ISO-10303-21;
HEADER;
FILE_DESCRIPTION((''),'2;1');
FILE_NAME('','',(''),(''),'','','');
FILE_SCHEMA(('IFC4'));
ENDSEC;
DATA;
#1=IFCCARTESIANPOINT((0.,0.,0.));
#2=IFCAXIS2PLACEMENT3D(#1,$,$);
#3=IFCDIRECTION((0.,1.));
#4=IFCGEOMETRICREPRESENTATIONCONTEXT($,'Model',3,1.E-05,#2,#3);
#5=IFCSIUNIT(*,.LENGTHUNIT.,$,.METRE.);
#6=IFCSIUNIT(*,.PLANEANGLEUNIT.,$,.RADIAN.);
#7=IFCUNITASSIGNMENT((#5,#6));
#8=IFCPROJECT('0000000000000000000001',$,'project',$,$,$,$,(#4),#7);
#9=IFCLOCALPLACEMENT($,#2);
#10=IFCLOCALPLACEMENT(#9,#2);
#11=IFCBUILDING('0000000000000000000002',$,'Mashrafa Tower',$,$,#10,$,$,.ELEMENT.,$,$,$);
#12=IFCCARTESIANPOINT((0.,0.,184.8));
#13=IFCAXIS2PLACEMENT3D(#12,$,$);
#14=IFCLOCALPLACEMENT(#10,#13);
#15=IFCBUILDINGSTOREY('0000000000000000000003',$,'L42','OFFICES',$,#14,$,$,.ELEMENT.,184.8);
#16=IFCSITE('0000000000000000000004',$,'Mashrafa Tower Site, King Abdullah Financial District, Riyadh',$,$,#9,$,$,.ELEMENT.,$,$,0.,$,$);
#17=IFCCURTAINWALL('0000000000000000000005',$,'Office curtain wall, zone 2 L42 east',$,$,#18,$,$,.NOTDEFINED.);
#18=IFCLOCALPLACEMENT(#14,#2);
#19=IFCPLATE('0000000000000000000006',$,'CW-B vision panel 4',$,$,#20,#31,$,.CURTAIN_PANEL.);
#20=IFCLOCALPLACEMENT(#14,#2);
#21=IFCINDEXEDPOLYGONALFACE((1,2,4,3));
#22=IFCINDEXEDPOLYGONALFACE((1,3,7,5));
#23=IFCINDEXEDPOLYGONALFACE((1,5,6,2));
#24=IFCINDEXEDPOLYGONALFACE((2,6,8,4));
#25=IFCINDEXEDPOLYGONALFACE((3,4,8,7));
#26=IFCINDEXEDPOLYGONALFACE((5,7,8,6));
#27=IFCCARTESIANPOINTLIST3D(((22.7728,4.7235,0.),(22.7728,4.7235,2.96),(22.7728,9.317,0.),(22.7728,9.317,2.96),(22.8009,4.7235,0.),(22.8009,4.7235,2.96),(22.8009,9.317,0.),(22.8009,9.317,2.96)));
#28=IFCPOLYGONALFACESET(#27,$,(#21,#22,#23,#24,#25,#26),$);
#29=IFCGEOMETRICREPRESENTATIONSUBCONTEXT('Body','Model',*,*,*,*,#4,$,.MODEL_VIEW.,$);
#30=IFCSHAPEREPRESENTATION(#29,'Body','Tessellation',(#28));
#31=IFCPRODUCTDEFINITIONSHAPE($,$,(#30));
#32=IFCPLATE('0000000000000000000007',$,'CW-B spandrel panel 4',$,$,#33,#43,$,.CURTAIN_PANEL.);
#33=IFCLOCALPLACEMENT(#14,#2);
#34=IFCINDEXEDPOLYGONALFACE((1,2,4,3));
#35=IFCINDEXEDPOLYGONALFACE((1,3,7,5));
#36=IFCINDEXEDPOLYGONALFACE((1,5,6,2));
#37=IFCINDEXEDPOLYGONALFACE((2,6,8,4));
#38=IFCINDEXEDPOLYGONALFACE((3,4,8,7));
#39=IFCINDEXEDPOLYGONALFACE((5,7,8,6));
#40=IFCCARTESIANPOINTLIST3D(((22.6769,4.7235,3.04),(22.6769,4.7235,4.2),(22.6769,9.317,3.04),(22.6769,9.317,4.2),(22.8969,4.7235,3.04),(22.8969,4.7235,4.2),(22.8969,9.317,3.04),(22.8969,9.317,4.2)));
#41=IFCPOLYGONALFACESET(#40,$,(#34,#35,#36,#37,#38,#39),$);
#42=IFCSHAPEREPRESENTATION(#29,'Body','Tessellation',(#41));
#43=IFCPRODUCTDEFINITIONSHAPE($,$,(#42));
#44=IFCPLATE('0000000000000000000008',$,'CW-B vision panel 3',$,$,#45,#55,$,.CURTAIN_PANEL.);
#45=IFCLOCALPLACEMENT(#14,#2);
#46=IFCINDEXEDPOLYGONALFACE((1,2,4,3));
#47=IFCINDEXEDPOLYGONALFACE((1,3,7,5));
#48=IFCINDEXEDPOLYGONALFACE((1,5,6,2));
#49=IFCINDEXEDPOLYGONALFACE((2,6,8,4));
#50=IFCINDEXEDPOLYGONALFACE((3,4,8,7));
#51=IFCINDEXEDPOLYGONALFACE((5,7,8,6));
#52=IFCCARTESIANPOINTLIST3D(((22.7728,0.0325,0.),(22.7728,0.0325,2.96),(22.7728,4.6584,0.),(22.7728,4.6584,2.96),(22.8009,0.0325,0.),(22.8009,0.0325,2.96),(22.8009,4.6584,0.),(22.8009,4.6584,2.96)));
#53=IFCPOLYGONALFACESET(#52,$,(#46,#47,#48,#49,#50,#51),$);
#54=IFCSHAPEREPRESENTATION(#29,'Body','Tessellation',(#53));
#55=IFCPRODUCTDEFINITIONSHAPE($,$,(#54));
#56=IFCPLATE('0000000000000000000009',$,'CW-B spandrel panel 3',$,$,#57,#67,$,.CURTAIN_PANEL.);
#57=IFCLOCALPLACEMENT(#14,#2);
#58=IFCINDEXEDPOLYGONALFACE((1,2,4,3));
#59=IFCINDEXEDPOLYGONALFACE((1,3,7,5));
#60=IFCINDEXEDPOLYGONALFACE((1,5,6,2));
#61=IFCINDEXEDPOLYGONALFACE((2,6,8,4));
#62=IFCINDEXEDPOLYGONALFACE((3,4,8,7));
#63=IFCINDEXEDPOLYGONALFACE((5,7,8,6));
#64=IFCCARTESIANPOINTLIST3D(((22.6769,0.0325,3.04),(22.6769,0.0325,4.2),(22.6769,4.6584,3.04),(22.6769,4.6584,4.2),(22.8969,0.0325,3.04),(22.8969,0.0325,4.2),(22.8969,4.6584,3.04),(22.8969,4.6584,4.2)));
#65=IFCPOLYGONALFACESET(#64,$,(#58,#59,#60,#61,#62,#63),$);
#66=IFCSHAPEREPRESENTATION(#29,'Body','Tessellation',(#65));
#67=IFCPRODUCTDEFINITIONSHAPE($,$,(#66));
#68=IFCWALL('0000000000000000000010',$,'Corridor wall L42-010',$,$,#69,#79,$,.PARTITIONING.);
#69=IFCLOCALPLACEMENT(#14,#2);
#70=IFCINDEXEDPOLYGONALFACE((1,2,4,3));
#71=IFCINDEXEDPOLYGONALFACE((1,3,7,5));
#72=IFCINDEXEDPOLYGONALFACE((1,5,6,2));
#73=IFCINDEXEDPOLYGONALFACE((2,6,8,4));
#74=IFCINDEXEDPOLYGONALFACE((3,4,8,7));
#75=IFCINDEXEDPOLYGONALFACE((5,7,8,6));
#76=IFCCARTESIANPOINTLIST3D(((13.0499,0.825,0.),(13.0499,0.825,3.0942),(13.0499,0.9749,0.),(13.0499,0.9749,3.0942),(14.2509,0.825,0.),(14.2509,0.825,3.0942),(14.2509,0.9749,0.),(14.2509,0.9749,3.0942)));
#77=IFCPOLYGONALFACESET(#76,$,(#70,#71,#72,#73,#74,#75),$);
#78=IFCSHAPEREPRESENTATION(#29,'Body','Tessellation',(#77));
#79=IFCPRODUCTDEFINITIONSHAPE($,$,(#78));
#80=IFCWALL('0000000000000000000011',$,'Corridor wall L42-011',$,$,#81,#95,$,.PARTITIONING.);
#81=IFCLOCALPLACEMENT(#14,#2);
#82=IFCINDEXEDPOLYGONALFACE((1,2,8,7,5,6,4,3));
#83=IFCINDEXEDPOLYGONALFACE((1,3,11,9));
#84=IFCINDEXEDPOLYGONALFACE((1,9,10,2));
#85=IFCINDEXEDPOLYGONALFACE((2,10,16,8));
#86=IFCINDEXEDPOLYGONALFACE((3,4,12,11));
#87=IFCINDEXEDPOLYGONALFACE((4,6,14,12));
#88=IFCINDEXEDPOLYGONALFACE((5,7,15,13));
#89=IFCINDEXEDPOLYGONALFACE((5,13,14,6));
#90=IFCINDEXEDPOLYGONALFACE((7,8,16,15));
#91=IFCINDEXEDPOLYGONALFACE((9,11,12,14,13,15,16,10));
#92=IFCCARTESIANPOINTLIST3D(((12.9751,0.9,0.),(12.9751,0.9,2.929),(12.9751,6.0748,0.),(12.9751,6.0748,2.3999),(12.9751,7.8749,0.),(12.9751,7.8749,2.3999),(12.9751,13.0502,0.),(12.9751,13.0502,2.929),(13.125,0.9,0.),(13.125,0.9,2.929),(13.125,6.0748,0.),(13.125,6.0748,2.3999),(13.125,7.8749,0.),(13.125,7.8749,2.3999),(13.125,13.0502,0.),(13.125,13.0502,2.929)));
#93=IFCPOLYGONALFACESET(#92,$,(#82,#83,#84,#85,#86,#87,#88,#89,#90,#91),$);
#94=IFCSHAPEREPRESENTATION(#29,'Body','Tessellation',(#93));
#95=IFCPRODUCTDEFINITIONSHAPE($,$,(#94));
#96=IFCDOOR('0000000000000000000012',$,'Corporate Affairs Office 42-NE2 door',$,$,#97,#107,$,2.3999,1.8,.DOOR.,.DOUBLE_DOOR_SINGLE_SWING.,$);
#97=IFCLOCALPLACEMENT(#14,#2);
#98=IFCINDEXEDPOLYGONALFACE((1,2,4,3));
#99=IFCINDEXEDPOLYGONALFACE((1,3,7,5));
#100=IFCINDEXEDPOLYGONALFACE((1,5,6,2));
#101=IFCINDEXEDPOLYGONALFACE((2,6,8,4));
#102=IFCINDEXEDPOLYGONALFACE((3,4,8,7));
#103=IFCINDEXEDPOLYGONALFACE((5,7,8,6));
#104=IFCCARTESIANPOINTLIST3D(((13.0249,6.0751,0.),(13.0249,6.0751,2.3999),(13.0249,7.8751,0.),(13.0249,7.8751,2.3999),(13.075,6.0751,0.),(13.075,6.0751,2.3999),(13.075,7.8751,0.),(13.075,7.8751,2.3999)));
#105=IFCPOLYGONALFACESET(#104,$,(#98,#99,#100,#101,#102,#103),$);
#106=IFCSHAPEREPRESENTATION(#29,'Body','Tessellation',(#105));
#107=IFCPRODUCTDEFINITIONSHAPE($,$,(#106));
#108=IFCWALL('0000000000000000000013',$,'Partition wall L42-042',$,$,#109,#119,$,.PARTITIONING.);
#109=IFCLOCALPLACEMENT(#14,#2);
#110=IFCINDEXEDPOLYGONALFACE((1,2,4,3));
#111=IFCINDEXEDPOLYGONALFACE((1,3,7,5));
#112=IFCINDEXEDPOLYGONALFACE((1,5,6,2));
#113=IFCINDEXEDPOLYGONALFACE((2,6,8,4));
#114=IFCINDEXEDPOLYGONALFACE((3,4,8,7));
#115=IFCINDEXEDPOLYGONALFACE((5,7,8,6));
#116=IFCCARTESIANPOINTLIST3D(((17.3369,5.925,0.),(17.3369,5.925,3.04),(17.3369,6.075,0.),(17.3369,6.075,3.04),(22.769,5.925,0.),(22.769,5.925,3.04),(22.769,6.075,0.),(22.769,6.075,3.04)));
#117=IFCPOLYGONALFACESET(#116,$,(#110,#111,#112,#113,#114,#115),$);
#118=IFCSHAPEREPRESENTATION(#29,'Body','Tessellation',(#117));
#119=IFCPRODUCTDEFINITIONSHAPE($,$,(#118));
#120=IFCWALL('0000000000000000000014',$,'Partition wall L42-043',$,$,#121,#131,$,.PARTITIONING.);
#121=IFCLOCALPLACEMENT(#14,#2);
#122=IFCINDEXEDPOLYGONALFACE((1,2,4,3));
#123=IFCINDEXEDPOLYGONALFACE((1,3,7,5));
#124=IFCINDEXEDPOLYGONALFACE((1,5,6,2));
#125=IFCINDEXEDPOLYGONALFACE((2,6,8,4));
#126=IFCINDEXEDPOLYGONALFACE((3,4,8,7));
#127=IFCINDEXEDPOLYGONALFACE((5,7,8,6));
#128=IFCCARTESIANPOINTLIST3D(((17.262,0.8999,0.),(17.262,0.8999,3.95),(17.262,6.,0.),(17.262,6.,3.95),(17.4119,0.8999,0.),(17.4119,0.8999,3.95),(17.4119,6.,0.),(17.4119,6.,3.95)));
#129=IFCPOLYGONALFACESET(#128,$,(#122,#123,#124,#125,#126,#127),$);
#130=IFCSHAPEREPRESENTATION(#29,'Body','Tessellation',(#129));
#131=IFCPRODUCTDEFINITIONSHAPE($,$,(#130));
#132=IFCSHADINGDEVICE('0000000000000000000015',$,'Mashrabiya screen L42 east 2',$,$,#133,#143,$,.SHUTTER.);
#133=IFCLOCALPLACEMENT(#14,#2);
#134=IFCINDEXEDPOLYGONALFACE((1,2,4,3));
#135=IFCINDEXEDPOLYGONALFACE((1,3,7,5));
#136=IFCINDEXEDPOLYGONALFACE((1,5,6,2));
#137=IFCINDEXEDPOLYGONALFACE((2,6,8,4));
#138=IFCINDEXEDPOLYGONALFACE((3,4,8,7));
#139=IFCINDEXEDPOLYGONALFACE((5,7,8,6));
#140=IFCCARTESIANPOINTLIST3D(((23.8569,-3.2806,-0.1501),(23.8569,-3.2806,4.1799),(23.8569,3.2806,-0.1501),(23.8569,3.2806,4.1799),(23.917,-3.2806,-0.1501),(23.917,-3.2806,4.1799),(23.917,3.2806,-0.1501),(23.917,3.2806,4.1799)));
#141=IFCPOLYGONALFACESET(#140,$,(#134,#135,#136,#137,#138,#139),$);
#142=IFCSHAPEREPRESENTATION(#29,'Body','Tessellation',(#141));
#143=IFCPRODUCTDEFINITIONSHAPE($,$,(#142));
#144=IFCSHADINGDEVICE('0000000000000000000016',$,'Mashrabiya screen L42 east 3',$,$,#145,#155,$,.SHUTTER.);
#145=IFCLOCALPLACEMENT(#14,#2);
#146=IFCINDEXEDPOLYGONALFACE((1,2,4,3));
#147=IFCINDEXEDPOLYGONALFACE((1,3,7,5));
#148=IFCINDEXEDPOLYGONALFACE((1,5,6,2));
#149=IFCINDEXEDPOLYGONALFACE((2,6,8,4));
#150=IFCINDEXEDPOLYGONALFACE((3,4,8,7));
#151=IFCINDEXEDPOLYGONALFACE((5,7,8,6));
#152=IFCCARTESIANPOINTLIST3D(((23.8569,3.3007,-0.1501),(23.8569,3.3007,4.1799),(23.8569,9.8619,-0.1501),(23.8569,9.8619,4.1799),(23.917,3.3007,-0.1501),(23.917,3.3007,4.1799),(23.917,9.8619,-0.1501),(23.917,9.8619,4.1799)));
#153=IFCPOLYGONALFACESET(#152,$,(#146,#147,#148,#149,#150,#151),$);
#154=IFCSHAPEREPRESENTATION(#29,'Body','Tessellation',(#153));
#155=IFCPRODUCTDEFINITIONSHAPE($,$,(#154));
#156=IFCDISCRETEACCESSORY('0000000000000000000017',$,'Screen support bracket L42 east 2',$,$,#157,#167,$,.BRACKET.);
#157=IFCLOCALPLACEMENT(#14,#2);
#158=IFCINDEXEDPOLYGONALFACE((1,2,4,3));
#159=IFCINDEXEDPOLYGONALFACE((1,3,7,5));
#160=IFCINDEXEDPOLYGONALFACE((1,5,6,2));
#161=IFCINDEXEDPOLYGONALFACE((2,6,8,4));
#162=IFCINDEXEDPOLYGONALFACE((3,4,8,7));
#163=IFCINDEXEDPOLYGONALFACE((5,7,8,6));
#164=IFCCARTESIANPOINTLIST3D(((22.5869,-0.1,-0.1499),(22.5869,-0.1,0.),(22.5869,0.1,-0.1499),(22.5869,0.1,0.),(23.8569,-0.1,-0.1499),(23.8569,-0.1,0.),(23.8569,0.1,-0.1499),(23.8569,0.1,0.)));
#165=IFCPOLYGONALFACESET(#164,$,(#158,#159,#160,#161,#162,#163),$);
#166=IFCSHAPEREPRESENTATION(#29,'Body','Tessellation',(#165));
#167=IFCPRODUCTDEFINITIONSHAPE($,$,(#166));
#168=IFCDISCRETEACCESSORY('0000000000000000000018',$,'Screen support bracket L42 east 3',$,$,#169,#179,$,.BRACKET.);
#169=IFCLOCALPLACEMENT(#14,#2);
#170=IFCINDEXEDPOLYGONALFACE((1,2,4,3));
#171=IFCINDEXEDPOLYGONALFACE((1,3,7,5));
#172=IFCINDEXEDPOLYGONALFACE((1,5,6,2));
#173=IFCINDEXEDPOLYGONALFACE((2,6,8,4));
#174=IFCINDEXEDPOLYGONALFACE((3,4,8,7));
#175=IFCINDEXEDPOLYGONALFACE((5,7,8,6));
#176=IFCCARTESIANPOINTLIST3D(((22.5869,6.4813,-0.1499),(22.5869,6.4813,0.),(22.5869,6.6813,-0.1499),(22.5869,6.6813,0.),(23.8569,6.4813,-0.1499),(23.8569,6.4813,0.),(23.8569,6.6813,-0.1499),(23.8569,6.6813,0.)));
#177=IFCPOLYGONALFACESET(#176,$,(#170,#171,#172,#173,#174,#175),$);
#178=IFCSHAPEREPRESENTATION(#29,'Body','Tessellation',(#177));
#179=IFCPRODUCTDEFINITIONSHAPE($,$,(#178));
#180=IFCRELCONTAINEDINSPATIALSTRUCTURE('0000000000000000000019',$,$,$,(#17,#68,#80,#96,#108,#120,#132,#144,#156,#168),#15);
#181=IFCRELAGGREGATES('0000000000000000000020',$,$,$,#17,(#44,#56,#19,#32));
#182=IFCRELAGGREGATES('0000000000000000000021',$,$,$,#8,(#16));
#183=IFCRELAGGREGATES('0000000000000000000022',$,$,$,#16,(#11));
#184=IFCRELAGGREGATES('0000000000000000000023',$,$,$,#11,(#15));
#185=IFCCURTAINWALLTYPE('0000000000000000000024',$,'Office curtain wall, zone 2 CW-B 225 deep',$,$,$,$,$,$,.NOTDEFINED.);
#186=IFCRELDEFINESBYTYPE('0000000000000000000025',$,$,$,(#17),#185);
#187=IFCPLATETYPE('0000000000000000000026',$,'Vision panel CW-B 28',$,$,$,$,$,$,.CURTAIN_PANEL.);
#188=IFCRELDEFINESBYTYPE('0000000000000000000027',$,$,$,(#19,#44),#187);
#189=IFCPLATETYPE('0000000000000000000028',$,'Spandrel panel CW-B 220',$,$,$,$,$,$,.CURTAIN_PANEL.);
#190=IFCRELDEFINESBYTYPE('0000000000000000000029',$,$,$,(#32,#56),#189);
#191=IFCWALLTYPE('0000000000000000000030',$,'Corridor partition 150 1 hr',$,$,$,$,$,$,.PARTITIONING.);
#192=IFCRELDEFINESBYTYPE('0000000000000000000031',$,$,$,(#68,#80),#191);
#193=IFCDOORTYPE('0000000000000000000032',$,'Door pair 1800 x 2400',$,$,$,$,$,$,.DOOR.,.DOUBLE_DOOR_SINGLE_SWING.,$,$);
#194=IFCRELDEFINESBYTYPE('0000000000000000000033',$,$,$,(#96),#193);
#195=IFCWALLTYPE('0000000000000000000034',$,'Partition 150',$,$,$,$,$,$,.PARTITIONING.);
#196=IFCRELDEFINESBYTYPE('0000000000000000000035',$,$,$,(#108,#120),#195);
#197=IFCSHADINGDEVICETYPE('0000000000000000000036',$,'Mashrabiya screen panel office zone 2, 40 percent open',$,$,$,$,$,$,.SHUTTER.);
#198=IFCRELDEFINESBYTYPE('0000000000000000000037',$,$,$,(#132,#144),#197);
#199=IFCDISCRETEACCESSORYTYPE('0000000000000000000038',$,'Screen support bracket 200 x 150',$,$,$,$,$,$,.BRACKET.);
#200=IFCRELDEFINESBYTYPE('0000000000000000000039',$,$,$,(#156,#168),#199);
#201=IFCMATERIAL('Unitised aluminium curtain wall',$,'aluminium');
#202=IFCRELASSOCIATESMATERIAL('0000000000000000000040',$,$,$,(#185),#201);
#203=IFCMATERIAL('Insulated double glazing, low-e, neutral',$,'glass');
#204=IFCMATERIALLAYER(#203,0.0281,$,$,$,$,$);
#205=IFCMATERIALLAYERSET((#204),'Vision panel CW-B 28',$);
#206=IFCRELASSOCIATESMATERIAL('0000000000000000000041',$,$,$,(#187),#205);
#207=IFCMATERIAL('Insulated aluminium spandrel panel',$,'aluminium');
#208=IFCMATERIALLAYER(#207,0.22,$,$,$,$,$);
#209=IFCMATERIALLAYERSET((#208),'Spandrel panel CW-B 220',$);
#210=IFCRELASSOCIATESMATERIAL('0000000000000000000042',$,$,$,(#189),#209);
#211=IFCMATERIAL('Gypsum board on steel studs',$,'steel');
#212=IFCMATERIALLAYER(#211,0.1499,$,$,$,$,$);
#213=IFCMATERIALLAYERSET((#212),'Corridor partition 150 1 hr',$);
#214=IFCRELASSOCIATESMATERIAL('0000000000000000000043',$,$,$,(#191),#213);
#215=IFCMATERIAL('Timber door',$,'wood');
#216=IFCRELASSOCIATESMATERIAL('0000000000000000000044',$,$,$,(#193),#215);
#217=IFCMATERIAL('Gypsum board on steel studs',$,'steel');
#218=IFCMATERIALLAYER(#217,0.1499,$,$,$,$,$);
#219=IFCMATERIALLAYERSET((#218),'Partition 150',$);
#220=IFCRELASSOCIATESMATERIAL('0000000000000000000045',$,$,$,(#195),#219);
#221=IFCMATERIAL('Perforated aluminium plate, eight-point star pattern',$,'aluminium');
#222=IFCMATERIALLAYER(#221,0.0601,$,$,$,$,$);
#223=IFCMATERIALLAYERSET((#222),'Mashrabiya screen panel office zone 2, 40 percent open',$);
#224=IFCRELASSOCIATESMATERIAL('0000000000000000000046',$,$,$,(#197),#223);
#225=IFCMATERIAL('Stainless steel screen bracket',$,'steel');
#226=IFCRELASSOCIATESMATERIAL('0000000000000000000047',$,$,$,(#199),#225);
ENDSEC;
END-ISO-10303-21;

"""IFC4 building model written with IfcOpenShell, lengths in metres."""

from ifc_helpers import new_model, si_unit, direction, frame, frame_2d, origin, origin_2d, place, context, subcontext, project, spatial, rectangle, extrude, source, transform, mapped, material, layer, layer_set, type_object, type_shapes, element, fill, aggregate, save


model = new_model("IFC4")

# Units and contexts
model_context = context("Model", 3, precision=1e-05, world=origin(), true_north=direction((0.0, 1.0)))
body_context = subcontext(model_context, "Body", "Model", "MODEL_VIEW")
ifc_project = project(units=[si_unit("LENGTHUNIT", "METRE"), si_unit("PLANEANGLEUNIT", "RADIAN")], contexts=[model_context])

# Site, building, storey
site_placement = place(None, origin())
site = spatial("IfcSite", under=ifc_project, at=site_placement, Name="Mashrafa Tower Site, King Abdullah Financial District, Riyadh", CompositionType="ELEMENT", RefElevation=0.0)
building_placement = place(site_placement, origin())
building = spatial("IfcBuilding", under=site, at=building_placement, Name="Mashrafa Tower", CompositionType="ELEMENT")
storey_placement = place(building_placement, frame((0.0, 0.0, 184.8)))
storey = spatial("IfcBuildingStorey", under=building, at=storey_placement, Name="L42", Description="OFFICES", CompositionType="ELEMENT", Elevation=184.8)

# Curtain wall
ifc_material_1 = material(Name="Unitised aluminium curtain wall", Category="aluminium")
curtain_wall_type = type_object("IfcCurtainWallType", Name="Office curtain wall, zone 2 CW-B 225 deep", PredefinedType="NOTDEFINED", material=ifc_material_1)
curtain_wall_1_placement = place(storey_placement, origin())
curtain_wall_1 = element("IfcCurtainWall", 1, at=curtain_wall_1_placement, inside=storey, type_object=curtain_wall_type, Name="Office curtain wall, zone 2 L42 east", PredefinedType="NOTDEFINED")

# Plates
ifc_material_2 = material(Name="Insulated double glazing, low-e, neutral", Category="glass")
ifc_layer_1 = layer(ifc_material_2, 0.0281)
ifc_layer_set_1 = layer_set([ifc_layer_1], Name="Vision panel CW-B 28")
plate_type_1 = type_object("IfcPlateType", Name="Vision panel CW-B 28", PredefinedType="CURTAIN_PANEL", material=ifc_layer_set_1)
shared_shape_1 = source(origin(), body_context, "Body", "SweptSolid", [
    extrude(rectangle(XDim=4.5935, YDim=0.0281, at=origin_2d()), origin(), (0.0, 0.0, 1.0), 2.96),
])
plate_1_placement = place(storey_placement, frame((22.7869, 7.0203, 0.0), z_axis=(0.0, 0.0, 1.0), x_axis=(0.0, 1.0, 0.0)))
plate_1 = element("IfcPlate", 2, at=plate_1_placement, type_object=plate_type_1, Name="CW-B vision panel 4", PredefinedType="CURTAIN_PANEL", context=body_context, shape_type="MappedRepresentation", body=[
    mapped(shared_shape_1, transform((0.0, 0.0, 0.0))),
])
ifc_material_3 = material(Name="Insulated aluminium spandrel panel", Category="aluminium")
ifc_layer_2 = layer(ifc_material_3, 0.22)
ifc_layer_set_2 = layer_set([ifc_layer_2], Name="Spandrel panel CW-B 220")
plate_type_2 = type_object("IfcPlateType", Name="Spandrel panel CW-B 220", PredefinedType="CURTAIN_PANEL", material=ifc_layer_set_2)
shared_shape_2 = source(origin(), body_context, "Body", "SweptSolid", [
    extrude(rectangle(XDim=4.5935, YDim=0.22, at=origin_2d()), origin(), (0.0, 0.0, 1.0), 1.1599),
])
plate_2_placement = place(storey_placement, frame((22.7869, 7.0203, 3.04), z_axis=(0.0, 0.0, 1.0), x_axis=(0.0, 1.0, 0.0)))
plate_2 = element("IfcPlate", 3, at=plate_2_placement, type_object=plate_type_2, Name="CW-B spandrel panel 4", PredefinedType="CURTAIN_PANEL", context=body_context, shape_type="MappedRepresentation", body=[
    mapped(shared_shape_2, transform((0.0, 0.0, 0.0))),
])
shared_shape_3 = source(origin(), body_context, "Body", "SweptSolid", [
    extrude(rectangle(XDim=4.626, YDim=0.0281, at=origin_2d()), origin(), (0.0, 0.0, 1.0), 2.96),
])
type_shapes(plate_type_1, [shared_shape_1, shared_shape_3])
plate_3_placement = place(storey_placement, frame((22.7869, 2.3455, 0.0), z_axis=(0.0, 0.0, 1.0), x_axis=(0.0, 1.0, 0.0)))
plate_3 = element("IfcPlate", 4, at=plate_3_placement, type_object=plate_type_1, Name="CW-B vision panel 3", PredefinedType="CURTAIN_PANEL", context=body_context, shape_type="MappedRepresentation", body=[
    mapped(shared_shape_3, transform((0.0, 0.0, 0.0))),
])
shared_shape_4 = source(origin(), body_context, "Body", "SweptSolid", [
    extrude(rectangle(XDim=4.626, YDim=0.22, at=origin_2d()), origin(), (0.0, 0.0, 1.0), 1.1599),
])
type_shapes(plate_type_2, [shared_shape_2, shared_shape_4])
plate_4_placement = place(storey_placement, frame((22.7869, 2.3455, 3.04), z_axis=(0.0, 0.0, 1.0), x_axis=(0.0, 1.0, 0.0)))
plate_4 = element("IfcPlate", 5, at=plate_4_placement, type_object=plate_type_2, Name="CW-B spandrel panel 3", PredefinedType="CURTAIN_PANEL", context=body_context, shape_type="MappedRepresentation", body=[
    mapped(shared_shape_4, transform((0.0, 0.0, 0.0))),
])
aggregate(curtain_wall_1, [plate_3, plate_4, plate_1, plate_2])

# Shared definitions
ifc_material_4 = material(Name="Gypsum board on steel studs", Category="steel")
ifc_layer_3 = layer(ifc_material_4, 0.1499)
ifc_layer_set_3 = layer_set([ifc_layer_3], Name="Corridor partition 150 1 hr")
wall_type_1 = type_object("IfcWallType", Name="Corridor partition 150 1 hr", PredefinedType="PARTITIONING", material=ifc_layer_set_3)
ifc_material_5 = material(Name="Timber door", Category="wood")
door_type = type_object("IfcDoorType", Name="Door pair 1800 x 2400", OperationType="DOUBLE_DOOR_SINGLE_SWING", PredefinedType="DOOR", material=ifc_material_5)

# Wall
wall_1_placement = place(storey_placement, frame((14.251, 0.8999, 0.0), z_axis=(0.0, 0.0, 1.0), x_axis=(-1.0, 0.0, 0.0)))
element("IfcWall", 6, at=wall_1_placement, inside=storey, type_object=wall_type_1, Name="Corridor wall L42-010", PredefinedType="PARTITIONING", context=body_context, shape_type="SweptSolid", body=[
    extrude(rectangle(XDim=1.2009, YDim=0.1499, at=frame_2d((0.6006, 0.0))), origin(), (0.0, 0.0, 1.0), 3.0942),
])

# Wall, opening, door
wall_2_placement = place(storey_placement, frame((13.05, 0.8999, 0.0), z_axis=(0.0, 0.0, 1.0), x_axis=(0.0, 1.0, 0.0)))
wall_2 = element("IfcWall", 7, at=wall_2_placement, inside=storey, type_object=wall_type_1, Name="Corridor wall L42-011", PredefinedType="PARTITIONING", context=body_context, shape_type="SweptSolid", body=[
    extrude(rectangle(XDim=12.1501, YDim=0.1499, at=frame_2d((6.0752, 0.0))), origin(), (0.0, 0.0, 1.0), 2.929),
])
opening_1_placement = place(wall_2_placement, frame((5.175, 0.0, 0.0)))
opening_1 = element("IfcOpeningElement", 8, at=opening_1_placement, cuts=wall_2, PredefinedType="OPENING", context=body_context, shape_type="SweptSolid", body=[
    extrude(rectangle(XDim=1.8, YDim=2.3999, at=frame_2d((0.8999, 1.2))), frame((0.0, 0.085, 0.0), z_axis=(0.0, -1.0, 0.0), x_axis=(1.0, 0.0, 0.0)), (0.0, 0.0, 1.0), 0.1699),
])
door_1_placement = place(opening_1_placement, frame((1.8, 0.0, 0.0), z_axis=(0.0, 0.0, 1.0), x_axis=(-1.0, 0.0, 0.0)))
door_1 = element("IfcDoor", 9, at=door_1_placement, inside=storey, type_object=door_type, Name="Corporate Affairs Office 42-NE2 door", OperationType="DOUBLE_DOOR_SINGLE_SWING", OverallHeight=2.3999, OverallWidth=1.8, PredefinedType="DOOR", context=body_context, shape_type="SweptSolid", body=[
    extrude(rectangle(XDim=1.8, YDim=2.3999, at=frame_2d((0.8999, 1.2))), frame((0.0, 0.0249, 0.0), z_axis=(0.0, -1.0, 0.0), x_axis=(1.0, 0.0, 0.0)), (0.0, 0.0, 1.0), 0.05),
])
fill(opening_1, door_1)

# Walls
ifc_material_6 = material(Name="Gypsum board on steel studs", Category="steel")
ifc_layer_4 = layer(ifc_material_6, 0.1499)
ifc_layer_set_4 = layer_set([ifc_layer_4], Name="Partition 150")
wall_type_2 = type_object("IfcWallType", Name="Partition 150", PredefinedType="PARTITIONING", material=ifc_layer_set_4)
wall_3_placement = place(storey_placement, frame((22.769, 6.0, 0.0), z_axis=(0.0, 0.0, 1.0), x_axis=(-1.0, 0.0, 0.0)))
element("IfcWall", 10, at=wall_3_placement, inside=storey, type_object=wall_type_2, Name="Partition wall L42-042", PredefinedType="PARTITIONING", context=body_context, shape_type="SweptSolid", body=[
    extrude(rectangle(XDim=5.4321, YDim=0.1499, at=frame_2d((2.7161, 0.0))), origin(), (0.0, 0.0, 1.0), 3.04),
])
wall_4_placement = place(storey_placement, frame((17.3369, 6.0, 0.0), z_axis=(0.0, 0.0, 1.0), x_axis=(0.0, -1.0, 0.0)))
element("IfcWall", 11, at=wall_4_placement, inside=storey, type_object=wall_type_2, Name="Partition wall L42-043", PredefinedType="PARTITIONING", context=body_context, shape_type="SweptSolid", body=[
    extrude(rectangle(XDim=5.1001, YDim=0.1499, at=frame_2d((2.55, 0.0))), origin(), (0.0, 0.0, 1.0), 3.95),
])

# Shading devices
ifc_material_7 = material(Name="Perforated aluminium plate, eight-point star pattern", Category="aluminium")
ifc_layer_5 = layer(ifc_material_7, 0.0601)
ifc_layer_set_5 = layer_set([ifc_layer_5], Name="Mashrabiya screen panel office zone 2, 40 percent open")
shading_device_type = type_object("IfcShadingDeviceType", Name="Mashrabiya screen panel office zone 2, 40 percent open", PredefinedType="SHUTTER", material=ifc_layer_set_5)
shared_shape_5 = source(origin(), body_context, "Body", "SweptSolid", [
    extrude(rectangle(XDim=6.5613, YDim=0.0601, at=origin_2d()), origin(), (0.0, 0.0, 1.0), 4.3301),
])
type_shapes(shading_device_type, [shared_shape_5])
for number, where, z_axis, x_axis, name in (
    (12, (23.887, 0.0, -0.1501), (0.0, 0.0, 1.0), (0.0, 1.0, 0.0), "Mashrabiya screen L42 east 2"),
    (13, (23.887, 6.5813, -0.1501), (0.0, 0.0, 1.0), (0.0, 1.0, 0.0), "Mashrabiya screen L42 east 3"),
):
    element("IfcShadingDevice", number, at=place(storey_placement, frame(where, z_axis=z_axis, x_axis=x_axis)), inside=storey, type_object=shading_device_type, Name=name, PredefinedType="SHUTTER", context=body_context, shape_type="MappedRepresentation", body=[
        mapped(shared_shape_5, transform((0.0, 0.0, 0.0))),
    ])

# Discrete accessories
ifc_material_8 = material(Name="Stainless steel screen bracket", Category="steel")
discrete_accessory_type = type_object("IfcDiscreteAccessoryType", Name="Screen support bracket 200 x 150", PredefinedType="BRACKET", material=ifc_material_8)
shared_shape_6 = source(origin(), body_context, "Body", "SweptSolid", [
    extrude(rectangle(XDim=0.2, YDim=1.27, at=origin_2d()), origin(), (0.0, 0.0, 1.0), 0.1499),
])
type_shapes(discrete_accessory_type, [shared_shape_6])
for number, where, z_axis, x_axis, name in (
    (14, (23.2219, 0.0, -0.1499), (0.0, 0.0, 1.0), (0.0, 1.0, 0.0), "Screen support bracket L42 east 2"),
    (15, (23.2219, 6.5813, -0.1499), (0.0, 0.0, 1.0), (0.0, 1.0, 0.0), "Screen support bracket L42 east 3"),
):
    element("IfcDiscreteAccessory", number, at=place(storey_placement, frame(where, z_axis=z_axis, x_axis=x_axis)), inside=storey, type_object=discrete_accessory_type, Name=name, PredefinedType="BRACKET", context=body_context, shape_type="MappedRepresentation", body=[
        mapped(shared_shape_6, transform((0.0, 0.0, 0.0))),
    ])

save(model, "model.ifc")
